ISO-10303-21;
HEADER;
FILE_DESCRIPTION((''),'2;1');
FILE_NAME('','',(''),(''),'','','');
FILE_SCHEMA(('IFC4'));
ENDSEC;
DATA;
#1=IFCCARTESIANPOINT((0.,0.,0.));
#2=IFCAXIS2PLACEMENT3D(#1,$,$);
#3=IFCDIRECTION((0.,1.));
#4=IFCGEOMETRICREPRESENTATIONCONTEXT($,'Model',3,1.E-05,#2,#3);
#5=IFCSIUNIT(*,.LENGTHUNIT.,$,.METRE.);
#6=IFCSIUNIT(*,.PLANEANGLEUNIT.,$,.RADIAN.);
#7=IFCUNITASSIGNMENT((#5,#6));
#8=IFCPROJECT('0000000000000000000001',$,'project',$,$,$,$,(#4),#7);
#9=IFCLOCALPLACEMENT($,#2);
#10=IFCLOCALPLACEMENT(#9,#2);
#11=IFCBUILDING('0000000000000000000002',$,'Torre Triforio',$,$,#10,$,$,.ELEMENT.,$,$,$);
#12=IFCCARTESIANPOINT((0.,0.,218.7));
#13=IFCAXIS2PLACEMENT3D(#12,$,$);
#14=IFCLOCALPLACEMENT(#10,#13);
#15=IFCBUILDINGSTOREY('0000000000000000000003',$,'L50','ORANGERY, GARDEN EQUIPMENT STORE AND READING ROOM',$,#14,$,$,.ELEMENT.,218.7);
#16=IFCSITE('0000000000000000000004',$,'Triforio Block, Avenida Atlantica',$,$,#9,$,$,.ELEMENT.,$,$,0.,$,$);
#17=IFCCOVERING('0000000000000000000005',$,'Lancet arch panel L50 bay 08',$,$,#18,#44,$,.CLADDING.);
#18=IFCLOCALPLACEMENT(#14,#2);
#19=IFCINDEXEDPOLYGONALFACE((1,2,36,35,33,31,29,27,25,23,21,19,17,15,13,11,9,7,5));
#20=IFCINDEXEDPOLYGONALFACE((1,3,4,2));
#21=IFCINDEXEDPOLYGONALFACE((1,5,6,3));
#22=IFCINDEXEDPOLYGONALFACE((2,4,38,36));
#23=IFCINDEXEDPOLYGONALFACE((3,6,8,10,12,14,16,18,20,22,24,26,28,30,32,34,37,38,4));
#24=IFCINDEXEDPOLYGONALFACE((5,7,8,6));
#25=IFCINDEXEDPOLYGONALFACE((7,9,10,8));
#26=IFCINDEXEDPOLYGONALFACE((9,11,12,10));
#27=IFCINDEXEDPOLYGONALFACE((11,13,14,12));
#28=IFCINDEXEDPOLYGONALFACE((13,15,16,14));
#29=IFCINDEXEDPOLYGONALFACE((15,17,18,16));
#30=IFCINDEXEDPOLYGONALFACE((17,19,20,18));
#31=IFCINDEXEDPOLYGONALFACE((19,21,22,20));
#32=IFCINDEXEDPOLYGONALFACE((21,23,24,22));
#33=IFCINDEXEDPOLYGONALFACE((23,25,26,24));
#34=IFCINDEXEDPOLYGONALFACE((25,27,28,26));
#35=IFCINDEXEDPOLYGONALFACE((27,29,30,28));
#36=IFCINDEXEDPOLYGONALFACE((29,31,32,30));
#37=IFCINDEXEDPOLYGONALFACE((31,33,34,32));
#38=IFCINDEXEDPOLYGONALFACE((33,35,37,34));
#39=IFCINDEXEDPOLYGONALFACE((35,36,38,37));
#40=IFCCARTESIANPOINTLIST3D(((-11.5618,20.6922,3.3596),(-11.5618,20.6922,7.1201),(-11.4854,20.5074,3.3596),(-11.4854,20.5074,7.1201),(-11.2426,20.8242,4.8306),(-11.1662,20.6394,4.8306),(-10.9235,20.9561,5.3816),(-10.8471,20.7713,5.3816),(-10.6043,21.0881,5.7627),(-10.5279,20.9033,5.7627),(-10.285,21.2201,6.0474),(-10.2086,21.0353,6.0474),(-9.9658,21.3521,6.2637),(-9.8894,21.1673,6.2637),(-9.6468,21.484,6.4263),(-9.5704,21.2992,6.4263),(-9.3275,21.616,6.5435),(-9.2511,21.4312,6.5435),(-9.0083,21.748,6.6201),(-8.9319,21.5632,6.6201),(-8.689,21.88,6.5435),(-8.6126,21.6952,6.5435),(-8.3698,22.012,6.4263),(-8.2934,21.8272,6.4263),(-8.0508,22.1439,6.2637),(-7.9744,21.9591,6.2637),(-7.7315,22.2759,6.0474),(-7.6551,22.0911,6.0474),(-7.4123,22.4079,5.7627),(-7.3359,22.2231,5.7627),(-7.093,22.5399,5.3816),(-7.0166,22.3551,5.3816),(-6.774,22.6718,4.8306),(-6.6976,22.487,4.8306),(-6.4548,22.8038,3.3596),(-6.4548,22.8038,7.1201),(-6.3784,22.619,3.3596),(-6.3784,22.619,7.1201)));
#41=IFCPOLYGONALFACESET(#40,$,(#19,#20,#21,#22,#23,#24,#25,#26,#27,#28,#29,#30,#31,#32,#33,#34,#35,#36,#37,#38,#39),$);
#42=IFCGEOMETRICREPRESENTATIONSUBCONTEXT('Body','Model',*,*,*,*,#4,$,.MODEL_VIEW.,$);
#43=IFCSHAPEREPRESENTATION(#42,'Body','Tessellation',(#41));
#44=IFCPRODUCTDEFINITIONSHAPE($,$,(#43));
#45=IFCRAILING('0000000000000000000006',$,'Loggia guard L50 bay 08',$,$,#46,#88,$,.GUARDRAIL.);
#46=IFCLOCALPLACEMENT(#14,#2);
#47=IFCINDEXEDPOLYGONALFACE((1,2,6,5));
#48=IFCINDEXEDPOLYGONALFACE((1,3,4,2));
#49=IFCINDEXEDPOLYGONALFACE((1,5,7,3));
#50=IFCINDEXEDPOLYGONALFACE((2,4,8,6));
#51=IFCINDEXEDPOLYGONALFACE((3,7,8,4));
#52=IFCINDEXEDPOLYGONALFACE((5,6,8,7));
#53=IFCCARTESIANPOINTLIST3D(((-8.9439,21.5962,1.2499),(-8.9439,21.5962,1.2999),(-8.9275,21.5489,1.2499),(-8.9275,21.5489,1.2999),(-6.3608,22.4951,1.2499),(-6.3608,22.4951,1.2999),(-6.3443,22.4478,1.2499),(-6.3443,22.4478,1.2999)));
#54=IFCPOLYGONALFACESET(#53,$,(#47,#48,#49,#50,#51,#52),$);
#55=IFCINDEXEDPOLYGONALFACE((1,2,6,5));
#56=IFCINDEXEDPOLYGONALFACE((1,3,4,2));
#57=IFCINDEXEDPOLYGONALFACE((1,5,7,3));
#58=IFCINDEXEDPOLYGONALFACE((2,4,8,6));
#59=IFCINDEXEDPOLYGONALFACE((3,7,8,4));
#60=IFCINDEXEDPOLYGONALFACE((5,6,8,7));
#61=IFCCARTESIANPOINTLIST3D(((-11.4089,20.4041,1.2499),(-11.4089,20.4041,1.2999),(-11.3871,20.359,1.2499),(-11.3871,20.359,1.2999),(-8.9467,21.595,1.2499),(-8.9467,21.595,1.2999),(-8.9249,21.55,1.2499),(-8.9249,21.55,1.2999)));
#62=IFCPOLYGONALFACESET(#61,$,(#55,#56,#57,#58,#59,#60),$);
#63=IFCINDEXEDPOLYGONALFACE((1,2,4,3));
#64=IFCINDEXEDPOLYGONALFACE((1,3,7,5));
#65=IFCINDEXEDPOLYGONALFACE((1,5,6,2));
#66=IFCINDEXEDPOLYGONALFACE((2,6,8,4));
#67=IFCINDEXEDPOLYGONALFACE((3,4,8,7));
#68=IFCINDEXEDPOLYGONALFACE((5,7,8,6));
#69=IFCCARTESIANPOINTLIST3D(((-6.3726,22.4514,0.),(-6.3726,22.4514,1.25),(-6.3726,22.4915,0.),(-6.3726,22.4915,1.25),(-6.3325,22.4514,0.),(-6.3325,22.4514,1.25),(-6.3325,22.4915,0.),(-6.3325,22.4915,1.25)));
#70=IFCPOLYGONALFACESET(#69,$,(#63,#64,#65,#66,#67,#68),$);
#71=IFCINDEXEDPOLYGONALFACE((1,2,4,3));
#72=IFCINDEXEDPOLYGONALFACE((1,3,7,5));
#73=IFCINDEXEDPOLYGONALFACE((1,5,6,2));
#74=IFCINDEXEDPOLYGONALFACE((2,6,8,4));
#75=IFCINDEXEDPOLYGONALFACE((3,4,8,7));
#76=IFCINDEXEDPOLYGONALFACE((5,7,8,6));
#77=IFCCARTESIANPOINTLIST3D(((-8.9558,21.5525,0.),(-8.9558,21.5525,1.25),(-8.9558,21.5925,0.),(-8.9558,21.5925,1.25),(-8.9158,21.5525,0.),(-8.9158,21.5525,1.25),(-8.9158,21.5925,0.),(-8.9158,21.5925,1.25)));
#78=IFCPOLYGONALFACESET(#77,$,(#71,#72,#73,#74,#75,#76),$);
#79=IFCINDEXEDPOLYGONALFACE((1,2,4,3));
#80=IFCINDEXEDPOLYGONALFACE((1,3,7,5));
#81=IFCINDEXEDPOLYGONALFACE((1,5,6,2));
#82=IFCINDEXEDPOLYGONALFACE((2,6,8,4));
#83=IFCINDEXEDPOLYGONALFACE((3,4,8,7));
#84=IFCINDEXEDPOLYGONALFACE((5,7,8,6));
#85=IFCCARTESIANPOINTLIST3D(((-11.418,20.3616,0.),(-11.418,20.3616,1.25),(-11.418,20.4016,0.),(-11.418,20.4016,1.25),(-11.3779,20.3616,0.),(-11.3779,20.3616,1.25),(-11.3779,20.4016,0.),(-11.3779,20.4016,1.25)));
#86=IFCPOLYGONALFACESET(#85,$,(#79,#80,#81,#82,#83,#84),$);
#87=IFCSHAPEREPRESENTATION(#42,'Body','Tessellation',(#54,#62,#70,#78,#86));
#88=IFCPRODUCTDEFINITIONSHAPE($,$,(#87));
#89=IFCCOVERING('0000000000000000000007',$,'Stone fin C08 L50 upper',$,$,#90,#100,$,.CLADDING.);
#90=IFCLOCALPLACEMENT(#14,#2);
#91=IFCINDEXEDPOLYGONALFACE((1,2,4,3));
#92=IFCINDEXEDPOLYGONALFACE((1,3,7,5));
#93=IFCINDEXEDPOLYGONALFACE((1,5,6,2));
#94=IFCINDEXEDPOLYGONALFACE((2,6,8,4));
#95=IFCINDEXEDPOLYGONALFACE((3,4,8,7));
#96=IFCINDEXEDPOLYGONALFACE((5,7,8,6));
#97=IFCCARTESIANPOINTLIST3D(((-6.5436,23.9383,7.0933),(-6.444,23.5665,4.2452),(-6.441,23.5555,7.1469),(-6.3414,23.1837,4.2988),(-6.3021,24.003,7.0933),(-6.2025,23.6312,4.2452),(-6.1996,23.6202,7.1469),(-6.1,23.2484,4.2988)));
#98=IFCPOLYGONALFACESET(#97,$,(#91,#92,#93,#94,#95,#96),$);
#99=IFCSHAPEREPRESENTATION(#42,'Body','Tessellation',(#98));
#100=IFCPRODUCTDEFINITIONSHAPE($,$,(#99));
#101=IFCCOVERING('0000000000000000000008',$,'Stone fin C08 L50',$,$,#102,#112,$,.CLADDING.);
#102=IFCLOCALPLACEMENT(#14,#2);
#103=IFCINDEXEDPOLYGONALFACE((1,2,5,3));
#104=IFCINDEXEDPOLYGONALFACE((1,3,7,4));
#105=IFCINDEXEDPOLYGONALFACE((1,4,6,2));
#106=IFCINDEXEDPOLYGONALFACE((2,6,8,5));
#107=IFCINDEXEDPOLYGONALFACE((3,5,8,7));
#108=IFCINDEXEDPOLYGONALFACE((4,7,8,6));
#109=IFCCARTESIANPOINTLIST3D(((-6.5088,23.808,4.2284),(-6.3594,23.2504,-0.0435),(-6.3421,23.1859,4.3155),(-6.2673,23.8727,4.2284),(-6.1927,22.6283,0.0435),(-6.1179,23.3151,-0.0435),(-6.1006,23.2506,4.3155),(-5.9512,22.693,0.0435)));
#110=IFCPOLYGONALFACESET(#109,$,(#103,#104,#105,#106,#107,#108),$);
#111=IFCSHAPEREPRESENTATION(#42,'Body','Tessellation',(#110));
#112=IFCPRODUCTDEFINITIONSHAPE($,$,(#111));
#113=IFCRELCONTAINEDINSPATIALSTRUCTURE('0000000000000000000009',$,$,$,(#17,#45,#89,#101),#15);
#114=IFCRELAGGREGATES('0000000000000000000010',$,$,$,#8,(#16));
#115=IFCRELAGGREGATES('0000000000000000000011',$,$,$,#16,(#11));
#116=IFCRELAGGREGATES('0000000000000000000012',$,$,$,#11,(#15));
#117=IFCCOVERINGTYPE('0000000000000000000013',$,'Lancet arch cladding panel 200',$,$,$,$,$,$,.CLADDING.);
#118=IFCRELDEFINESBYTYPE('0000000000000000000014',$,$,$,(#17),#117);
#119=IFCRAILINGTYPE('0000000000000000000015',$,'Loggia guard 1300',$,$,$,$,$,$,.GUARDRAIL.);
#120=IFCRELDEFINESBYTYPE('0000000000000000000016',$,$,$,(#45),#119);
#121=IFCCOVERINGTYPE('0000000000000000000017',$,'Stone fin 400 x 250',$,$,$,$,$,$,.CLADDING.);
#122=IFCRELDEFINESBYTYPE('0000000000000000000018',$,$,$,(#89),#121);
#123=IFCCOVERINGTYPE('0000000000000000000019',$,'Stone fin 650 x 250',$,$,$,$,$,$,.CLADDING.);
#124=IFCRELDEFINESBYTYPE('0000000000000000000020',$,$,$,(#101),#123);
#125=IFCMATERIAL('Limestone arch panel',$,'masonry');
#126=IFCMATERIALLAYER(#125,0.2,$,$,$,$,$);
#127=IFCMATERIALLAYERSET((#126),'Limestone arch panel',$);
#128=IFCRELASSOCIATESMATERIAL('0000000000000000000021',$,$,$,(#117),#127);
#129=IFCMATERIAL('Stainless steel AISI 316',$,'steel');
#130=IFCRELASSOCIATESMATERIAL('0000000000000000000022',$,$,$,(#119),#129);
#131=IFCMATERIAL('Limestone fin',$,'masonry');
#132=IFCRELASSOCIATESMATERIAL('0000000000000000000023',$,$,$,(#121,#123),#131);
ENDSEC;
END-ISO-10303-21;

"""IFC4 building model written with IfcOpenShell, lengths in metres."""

from ifc_helpers import new_model, si_unit, direction, frame, origin, origin_2d, place, context, subcontext, project, spatial, polyline, rectangle, outline, extrude, material, layer, layer_set, material_profile, profile_set, type_object, element, save


model = new_model("IFC4")

# Units and contexts
model_context = context("Model", 3, precision=1e-05, world=origin(), true_north=direction((0.0, 1.0)))
body_context = subcontext(model_context, "Body", "Model", "MODEL_VIEW")
ifc_project = project(units=[si_unit("LENGTHUNIT", "METRE"), si_unit("PLANEANGLEUNIT", "RADIAN")], contexts=[model_context])

# Site, building, storey
site_placement = place(None, origin())
site = spatial("IfcSite", under=ifc_project, at=site_placement, Name="Triforio Block, Avenida Atlantica", CompositionType="ELEMENT", RefElevation=0.0)
building_placement = place(site_placement, origin())
building = spatial("IfcBuilding", under=site, at=building_placement, Name="Torre Triforio", CompositionType="ELEMENT")
storey_placement = place(building_placement, frame((0.0, 0.0, 218.7)))
storey = spatial("IfcBuildingStorey", under=building, at=storey_placement, Name="L50", Description="ORANGERY, GARDEN EQUIPMENT STORE AND READING ROOM", CompositionType="ELEMENT", Elevation=218.7)

# Covering
ifc_material_1 = material(Name="Limestone arch panel", Category="masonry")
ifc_layer_1 = layer(ifc_material_1, 0.2)
ifc_layer_set_1 = layer_set([ifc_layer_1], Name="Limestone arch panel")
covering_type_1 = type_object("IfcCoveringType", Name="Lancet arch cladding panel 200", PredefinedType="CLADDING", material=ifc_layer_set_1)
covering_1_placement = place(storey_placement, frame((-8.9319, 21.5632, 0.0), z_axis=(-0.3821, 0.924121, 0.0), x_axis=(-0.924121, -0.3821, 0.0)))
element("IfcCovering", 1, at=covering_1_placement, inside=storey, type_object=covering_type_1, Name="Lancet arch panel L50 bay 08", PredefinedType="CLADDING", context=body_context, shape_type="SweptSolid", body=[
    extrude(outline(polyline([(-2.7632, 7.1201), (-2.7632, 3.3596), (-2.4177, 4.8306), (-2.0725, 5.3816), (-1.7271, 5.7627), (-1.3816, 6.0474), (-1.0361, 6.2637), (-0.6909, 6.4263), (-0.3455, 6.5435), (0.0, 6.6201), (0.3455, 6.5435), (0.6909, 6.4263), (1.0361, 6.2637), (1.3816, 6.0474), (1.7271, 5.7627), (2.0725, 5.3816), (2.4177, 4.8306), (2.7632, 3.3596), (2.7632, 7.1201), (-2.7632, 7.1201)])), origin(), (0.0, 0.0, 1.0), 0.2),
])

# Railing
ifc_material_2 = material(Name="Stainless steel AISI 316", Category="steel")
railing_type = type_object("IfcRailingType", Name="Loggia guard 1300", PredefinedType="GUARDRAIL", material=ifc_material_2)
railing_placement = place(storey_placement, frame((-6.3525, 22.4714, 0.0)))
element("IfcRailing", 2, at=railing_placement, inside=storey, type_object=railing_type, Name="Loggia guard L50 bay 08", PredefinedType="GUARDRAIL", context=body_context, shape_type="SweptSolid", body=[
    extrude(rectangle(XDim=0.05, YDim=0.05, at=origin_2d()), frame((0.0, 0.0, 1.2749), z_axis=(-0.944451, -0.328652, 0.0), x_axis=(0.328652, -0.944451, 0.0)), (0.0, 0.0, 1.0), 2.7351),
    extrude(rectangle(XDim=0.05, YDim=0.05, at=origin_2d()), frame((-2.5833, -0.8989, 1.2749), z_axis=(-0.900224, -0.435428, 0.0), x_axis=(0.435428, -0.900224, 0.0)), (0.0, 0.0, 1.0), 2.7351),
    extrude(rectangle(XDim=0.04, YDim=0.04, at=origin_2d()), origin(), (0.0, 0.0, 1.0), 1.25),
    extrude(rectangle(XDim=0.04, YDim=0.04, at=origin_2d()), frame((-2.5833, -0.8989, 0.0)), (0.0, 0.0, 1.0), 1.25),
    extrude(rectangle(XDim=0.04, YDim=0.04, at=origin_2d()), frame((-5.0454, -2.0898, 0.0)), (0.0, 0.0, 1.0), 1.25),
])

# Coverings
ifc_material_3 = material(Name="Limestone fin", Category="masonry")
ifc_material_profile_1 = material_profile(ifc_material_3, rectangle(XDim=0.3999, YDim=0.25, at=origin_2d()), Name="FIN 400x250")
ifc_profile_set_1 = profile_set([ifc_material_profile_1], Name="Limestone fin")
covering_type_2 = type_object("IfcCoveringType", Name="Stone fin 400 x 250", PredefinedType="CLADDING", material=ifc_profile_set_1)
covering_2_placement = place(storey_placement, frame((-6.272, 23.4075, 4.272), z_axis=(-0.034658, 0.129374, 0.99099), x_axis=(0.256436, -0.957236, 0.133936)))
element("IfcCovering", 3, at=covering_2_placement, inside=storey, type_object=covering_type_2, Name="Stone fin C08 L50 upper", PredefinedType="CLADDING", context=body_context, shape_type="SweptSolid", body=[
    extrude(rectangle(XDim=0.3999, YDim=0.25, at=origin_2d()), origin(), (0.0, 0.0, 1.0), 2.874),
])
ifc_material_profile_2 = material_profile(ifc_material_3, rectangle(XDim=0.6499, YDim=0.25, at=origin_2d()), Name="FIN 650x250")
ifc_profile_set_2 = profile_set([ifc_material_profile_2], Name="Limestone fin")
covering_type_3 = type_object("IfcCoveringType", Name="Stone fin 650 x 250", PredefinedType="CLADDING", material=ifc_profile_set_2)
covering_3_placement = place(storey_placement, frame((-6.1553, 22.9717, 0.0), z_axis=(-0.03466, 0.129353, 0.990993), x_axis=(0.256489, -0.957225, 0.133917)))
element("IfcCovering", 4, at=covering_3_placement, inside=storey, type_object=covering_type_3, Name="Stone fin C08 L50", PredefinedType="CLADDING", context=body_context, shape_type="SweptSolid", body=[
    extrude(rectangle(XDim=0.6499, YDim=0.25, at=origin_2d()), origin(), (0.0, 0.0, 1.0), 4.3108),
])

save(model, "model.ifc")
